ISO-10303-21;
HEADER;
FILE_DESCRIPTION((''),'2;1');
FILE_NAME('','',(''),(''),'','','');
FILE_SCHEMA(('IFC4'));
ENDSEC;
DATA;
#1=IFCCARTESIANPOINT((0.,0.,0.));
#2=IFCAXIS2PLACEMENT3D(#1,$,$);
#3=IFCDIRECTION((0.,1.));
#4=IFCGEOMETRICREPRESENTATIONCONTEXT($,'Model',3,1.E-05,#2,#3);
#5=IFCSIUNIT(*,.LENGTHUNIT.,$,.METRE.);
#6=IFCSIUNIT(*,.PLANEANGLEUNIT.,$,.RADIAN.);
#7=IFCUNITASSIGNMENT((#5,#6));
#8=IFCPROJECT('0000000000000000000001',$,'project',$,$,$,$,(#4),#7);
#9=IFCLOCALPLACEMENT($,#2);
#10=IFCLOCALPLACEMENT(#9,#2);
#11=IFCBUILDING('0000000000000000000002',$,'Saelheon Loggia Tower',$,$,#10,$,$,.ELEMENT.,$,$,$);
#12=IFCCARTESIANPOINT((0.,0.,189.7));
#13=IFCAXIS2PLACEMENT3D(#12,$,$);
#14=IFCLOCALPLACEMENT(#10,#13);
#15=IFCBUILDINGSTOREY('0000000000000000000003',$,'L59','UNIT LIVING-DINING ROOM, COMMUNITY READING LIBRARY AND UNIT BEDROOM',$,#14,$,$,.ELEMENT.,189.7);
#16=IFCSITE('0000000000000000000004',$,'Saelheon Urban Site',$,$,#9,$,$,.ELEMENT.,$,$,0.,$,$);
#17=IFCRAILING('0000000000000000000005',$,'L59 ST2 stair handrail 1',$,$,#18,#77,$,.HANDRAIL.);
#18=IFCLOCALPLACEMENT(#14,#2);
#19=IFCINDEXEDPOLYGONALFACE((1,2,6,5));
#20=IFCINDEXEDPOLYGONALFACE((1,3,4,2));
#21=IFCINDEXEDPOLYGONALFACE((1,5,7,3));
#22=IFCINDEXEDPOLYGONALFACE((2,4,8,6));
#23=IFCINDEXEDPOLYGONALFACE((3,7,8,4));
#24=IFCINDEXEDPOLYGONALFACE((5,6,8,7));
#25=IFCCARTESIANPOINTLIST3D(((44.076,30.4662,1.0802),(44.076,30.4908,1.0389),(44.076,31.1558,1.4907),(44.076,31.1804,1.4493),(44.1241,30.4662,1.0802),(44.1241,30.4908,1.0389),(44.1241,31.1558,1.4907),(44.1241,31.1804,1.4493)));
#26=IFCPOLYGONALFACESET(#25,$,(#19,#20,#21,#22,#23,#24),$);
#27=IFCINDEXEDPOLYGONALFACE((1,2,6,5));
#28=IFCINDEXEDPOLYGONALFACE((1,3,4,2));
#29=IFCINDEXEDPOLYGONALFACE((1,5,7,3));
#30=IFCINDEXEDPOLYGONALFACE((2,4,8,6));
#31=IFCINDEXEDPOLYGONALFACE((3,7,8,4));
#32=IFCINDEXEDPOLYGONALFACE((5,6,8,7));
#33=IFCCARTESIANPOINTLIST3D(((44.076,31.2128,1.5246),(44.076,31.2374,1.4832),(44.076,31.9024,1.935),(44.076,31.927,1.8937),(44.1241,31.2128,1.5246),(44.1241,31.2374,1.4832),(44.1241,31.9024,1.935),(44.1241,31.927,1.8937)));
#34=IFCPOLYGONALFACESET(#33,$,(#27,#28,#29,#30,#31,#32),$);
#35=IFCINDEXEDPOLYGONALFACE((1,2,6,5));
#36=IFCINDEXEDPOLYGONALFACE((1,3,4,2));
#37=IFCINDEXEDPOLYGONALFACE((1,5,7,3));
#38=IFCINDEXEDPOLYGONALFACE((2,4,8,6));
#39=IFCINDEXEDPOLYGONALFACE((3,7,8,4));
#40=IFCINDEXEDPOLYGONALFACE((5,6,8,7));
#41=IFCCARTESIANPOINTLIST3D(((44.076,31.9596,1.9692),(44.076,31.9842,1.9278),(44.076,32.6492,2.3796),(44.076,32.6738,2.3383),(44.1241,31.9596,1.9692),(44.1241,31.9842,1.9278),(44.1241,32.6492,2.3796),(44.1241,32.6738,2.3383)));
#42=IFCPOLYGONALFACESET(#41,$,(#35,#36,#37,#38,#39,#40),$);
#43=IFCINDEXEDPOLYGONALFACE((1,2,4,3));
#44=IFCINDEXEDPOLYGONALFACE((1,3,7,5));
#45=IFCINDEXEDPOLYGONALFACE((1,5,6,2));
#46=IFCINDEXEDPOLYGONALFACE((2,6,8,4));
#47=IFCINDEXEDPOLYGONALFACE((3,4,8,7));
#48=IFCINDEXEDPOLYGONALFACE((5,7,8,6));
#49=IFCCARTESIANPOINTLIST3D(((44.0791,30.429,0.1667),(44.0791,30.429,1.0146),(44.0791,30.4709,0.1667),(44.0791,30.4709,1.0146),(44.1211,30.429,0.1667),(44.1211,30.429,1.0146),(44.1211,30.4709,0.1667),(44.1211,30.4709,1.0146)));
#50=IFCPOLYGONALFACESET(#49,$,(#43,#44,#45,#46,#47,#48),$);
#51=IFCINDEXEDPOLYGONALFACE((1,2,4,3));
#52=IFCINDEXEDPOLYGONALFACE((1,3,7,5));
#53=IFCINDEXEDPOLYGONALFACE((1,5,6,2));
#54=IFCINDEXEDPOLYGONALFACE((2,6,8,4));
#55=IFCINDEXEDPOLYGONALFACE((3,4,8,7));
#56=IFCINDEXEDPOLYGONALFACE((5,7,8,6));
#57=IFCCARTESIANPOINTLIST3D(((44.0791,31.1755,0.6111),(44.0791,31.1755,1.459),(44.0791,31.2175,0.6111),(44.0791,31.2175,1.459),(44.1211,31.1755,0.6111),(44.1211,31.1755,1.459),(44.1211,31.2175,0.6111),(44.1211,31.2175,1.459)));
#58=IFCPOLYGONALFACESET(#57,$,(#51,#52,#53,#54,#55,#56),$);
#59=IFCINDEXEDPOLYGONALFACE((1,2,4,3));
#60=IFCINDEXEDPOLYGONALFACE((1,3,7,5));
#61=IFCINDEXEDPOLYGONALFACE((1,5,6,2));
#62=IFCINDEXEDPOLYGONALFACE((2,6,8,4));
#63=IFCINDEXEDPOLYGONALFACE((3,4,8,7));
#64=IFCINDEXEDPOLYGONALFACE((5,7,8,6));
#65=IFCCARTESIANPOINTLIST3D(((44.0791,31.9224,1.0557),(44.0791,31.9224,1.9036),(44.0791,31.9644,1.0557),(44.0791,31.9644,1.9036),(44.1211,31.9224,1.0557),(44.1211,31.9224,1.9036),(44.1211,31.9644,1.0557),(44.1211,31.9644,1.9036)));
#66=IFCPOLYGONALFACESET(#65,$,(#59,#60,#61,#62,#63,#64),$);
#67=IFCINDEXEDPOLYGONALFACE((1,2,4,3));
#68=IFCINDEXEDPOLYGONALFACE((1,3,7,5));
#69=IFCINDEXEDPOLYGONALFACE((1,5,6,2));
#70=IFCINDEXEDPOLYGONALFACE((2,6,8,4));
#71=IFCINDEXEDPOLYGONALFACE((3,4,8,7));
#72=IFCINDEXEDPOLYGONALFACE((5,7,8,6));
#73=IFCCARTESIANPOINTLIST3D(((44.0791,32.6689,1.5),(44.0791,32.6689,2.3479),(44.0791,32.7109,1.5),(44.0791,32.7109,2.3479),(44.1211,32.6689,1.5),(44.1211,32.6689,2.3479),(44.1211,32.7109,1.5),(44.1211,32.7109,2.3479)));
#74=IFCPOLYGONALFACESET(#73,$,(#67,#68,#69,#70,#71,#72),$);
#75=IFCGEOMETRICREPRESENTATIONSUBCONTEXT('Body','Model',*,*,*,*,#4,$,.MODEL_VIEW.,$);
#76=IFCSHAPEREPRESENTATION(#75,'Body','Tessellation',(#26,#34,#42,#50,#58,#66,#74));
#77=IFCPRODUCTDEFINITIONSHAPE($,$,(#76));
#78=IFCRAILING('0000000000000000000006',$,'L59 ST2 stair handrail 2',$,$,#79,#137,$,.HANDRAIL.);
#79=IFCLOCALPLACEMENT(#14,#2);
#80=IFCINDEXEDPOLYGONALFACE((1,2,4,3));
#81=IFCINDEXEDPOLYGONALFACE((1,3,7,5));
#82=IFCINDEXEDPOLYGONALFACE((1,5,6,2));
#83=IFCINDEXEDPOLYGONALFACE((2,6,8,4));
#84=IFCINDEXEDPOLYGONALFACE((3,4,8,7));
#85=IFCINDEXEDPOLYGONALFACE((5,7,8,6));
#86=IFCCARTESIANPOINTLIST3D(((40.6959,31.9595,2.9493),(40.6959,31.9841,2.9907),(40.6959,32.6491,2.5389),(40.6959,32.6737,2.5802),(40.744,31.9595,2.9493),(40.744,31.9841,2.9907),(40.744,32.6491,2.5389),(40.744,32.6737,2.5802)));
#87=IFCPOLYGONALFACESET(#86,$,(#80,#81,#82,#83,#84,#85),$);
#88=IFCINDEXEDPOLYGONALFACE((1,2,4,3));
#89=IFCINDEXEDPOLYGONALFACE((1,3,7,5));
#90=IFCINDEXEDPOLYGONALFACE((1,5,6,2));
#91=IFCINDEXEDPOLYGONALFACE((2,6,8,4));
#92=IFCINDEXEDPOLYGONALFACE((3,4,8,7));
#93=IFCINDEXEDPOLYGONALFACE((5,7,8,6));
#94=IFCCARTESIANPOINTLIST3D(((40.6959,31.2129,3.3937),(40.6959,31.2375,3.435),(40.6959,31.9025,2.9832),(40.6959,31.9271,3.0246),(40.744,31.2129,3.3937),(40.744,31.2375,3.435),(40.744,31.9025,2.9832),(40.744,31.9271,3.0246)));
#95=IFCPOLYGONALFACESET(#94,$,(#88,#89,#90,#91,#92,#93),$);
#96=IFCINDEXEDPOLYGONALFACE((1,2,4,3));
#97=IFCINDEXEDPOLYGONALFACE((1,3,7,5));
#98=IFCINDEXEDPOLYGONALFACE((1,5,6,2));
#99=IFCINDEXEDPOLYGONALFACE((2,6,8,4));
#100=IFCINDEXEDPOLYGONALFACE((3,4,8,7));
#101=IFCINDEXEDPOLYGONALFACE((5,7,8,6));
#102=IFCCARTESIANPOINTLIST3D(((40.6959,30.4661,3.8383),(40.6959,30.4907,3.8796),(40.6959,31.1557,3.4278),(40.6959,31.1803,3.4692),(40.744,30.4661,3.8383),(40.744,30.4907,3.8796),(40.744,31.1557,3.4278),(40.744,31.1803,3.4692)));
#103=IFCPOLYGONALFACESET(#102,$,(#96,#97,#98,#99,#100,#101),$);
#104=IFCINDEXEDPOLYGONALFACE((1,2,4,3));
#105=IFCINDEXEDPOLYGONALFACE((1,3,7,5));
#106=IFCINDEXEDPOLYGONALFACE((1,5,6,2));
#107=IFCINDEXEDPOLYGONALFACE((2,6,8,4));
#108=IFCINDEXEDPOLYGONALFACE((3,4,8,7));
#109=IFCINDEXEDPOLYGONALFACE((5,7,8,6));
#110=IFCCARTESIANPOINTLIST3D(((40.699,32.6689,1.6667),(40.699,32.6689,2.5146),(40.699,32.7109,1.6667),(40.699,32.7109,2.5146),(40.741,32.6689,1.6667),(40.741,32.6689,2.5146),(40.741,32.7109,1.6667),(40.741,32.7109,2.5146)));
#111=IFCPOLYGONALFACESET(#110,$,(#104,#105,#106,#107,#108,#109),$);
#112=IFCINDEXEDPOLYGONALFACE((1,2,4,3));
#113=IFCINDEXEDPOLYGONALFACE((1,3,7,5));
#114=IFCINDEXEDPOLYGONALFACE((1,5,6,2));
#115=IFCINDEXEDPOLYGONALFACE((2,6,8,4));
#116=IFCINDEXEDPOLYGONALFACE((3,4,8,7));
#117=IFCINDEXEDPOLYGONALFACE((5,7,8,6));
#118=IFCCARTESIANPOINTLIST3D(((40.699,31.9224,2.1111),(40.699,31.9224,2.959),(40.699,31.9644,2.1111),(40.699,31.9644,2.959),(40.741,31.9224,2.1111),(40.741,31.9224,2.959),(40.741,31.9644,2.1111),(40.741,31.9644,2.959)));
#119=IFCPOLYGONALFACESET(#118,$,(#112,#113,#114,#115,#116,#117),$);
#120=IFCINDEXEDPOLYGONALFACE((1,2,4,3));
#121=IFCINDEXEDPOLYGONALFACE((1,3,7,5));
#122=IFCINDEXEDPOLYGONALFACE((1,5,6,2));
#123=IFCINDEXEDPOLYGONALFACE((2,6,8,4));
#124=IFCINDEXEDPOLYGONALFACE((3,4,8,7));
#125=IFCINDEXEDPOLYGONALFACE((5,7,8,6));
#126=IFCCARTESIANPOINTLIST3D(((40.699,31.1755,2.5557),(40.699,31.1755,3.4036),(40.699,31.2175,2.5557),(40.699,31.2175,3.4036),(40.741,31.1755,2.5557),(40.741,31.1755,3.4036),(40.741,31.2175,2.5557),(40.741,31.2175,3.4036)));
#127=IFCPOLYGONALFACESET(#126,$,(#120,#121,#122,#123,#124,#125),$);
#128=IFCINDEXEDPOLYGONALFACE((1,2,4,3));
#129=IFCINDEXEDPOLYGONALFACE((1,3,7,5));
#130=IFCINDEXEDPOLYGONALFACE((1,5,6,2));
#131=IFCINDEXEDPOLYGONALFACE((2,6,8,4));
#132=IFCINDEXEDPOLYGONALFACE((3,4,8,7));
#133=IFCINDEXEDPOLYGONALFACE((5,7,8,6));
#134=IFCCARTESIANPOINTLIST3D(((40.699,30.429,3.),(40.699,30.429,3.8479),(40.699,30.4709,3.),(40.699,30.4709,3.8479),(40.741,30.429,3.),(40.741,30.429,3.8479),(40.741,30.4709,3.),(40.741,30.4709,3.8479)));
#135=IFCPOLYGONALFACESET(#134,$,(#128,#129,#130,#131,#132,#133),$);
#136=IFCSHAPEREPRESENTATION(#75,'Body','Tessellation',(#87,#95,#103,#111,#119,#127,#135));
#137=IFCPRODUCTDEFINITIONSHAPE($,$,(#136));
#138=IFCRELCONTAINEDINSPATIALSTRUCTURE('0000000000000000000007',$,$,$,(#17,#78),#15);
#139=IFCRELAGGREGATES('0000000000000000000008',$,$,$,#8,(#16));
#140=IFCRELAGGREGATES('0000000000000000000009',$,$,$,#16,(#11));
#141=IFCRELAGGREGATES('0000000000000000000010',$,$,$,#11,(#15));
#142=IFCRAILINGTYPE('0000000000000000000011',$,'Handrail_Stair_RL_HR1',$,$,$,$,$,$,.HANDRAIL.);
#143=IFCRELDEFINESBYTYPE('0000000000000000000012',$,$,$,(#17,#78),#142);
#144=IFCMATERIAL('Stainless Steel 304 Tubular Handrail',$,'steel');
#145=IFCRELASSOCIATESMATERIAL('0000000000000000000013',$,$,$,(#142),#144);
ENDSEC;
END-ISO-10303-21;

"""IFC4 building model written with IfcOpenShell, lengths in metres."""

from ifc_helpers import new_model, si_unit, direction, frame, origin, origin_2d, place, context, subcontext, project, spatial, rectangle, extrude, material, type_object, element, save


model = new_model("IFC4")

# Units and contexts
model_context = context("Model", 3, precision=1e-05, world=origin(), true_north=direction((0.0, 1.0)))
body_context = subcontext(model_context, "Body", "Model", "MODEL_VIEW")
ifc_project = project(units=[si_unit("LENGTHUNIT", "METRE"), si_unit("PLANEANGLEUNIT", "RADIAN")], contexts=[model_context])

# Site, building, storey
site_placement = place(None, origin())
site = spatial("IfcSite", under=ifc_project, at=site_placement, Name="Saelheon Urban Site", CompositionType="ELEMENT", RefElevation=0.0)
building_placement = place(site_placement, origin())
building = spatial("IfcBuilding", under=site, at=building_placement, Name="Saelheon Loggia Tower", CompositionType="ELEMENT")
storey_placement = place(building_placement, frame((0.0, 0.0, 189.7)))
storey = spatial("IfcBuildingStorey", under=building, at=storey_placement, Name="L59", Description="UNIT LIVING-DINING ROOM, COMMUNITY READING LIBRARY AND UNIT BEDROOM", CompositionType="ELEMENT", Elevation=189.7)

# Railings
ifc_material_1 = material(Name="Stainless Steel 304 Tubular Handrail", Category="steel")
railing_type_1 = type_object("IfcRailingType", Name="Handrail_Stair_RL_HR1", PredefinedType="HANDRAIL", material=ifc_material_1)
railing_1_placement = place(storey_placement, frame((44.1001, 30.45, 0.1667)))
element("IfcRailing", 1, at=railing_1_placement, inside=storey, type_object=railing_type_1, Name="L59 ST2 stair handrail 1", PredefinedType="HANDRAIL", context=body_context, shape_type="SweptSolid", body=[
    extrude(rectangle(XDim=0.0481, YDim=0.0481, at=origin_2d()), frame((0.0, 0.0286, 0.8928), z_axis=(0.0, 0.859306, 0.511462), x_axis=(-1.0, 0.0, 0.0)), (0.0, 0.0, 1.0), 0.8025),
    extrude(rectangle(XDim=0.0481, YDim=0.0481, at=origin_2d()), frame((0.0, 0.7751, 1.3372), z_axis=(0.0, 0.859306, 0.511462), x_axis=(-1.0, 0.0, 0.0)), (0.0, 0.0, 1.0), 0.8025),
    extrude(rectangle(XDim=0.0481, YDim=0.0481, at=origin_2d()), frame((0.0, 1.522, 1.7817), z_axis=(0.0, 0.859306, 0.511462), x_axis=(-1.0, 0.0, 0.0)), (0.0, 0.0, 1.0), 0.8025),
    extrude(rectangle(XDim=0.042, YDim=0.042, at=origin_2d()), origin(), (0.0, 0.0, 1.0), 0.8479),
    extrude(rectangle(XDim=0.042, YDim=0.042, at=origin_2d()), frame((0.0, 0.7466, 0.4443)), (0.0, 0.0, 1.0), 0.8479),
    extrude(rectangle(XDim=0.042, YDim=0.042, at=origin_2d()), frame((0.0, 1.4934, 0.8889)), (0.0, 0.0, 1.0), 0.8479),
    extrude(rectangle(XDim=0.042, YDim=0.042, at=origin_2d()), frame((0.0, 2.24, 1.3333)), (0.0, 0.0, 1.0), 0.8479),
])
railing_2_placement = place(storey_placement, frame((40.72, 32.6899, 1.6667)))
element("IfcRailing", 2, at=railing_2_placement, inside=storey, type_object=railing_type_1, Name="L59 ST2 stair handrail 2", PredefinedType="HANDRAIL", context=body_context, shape_type="SweptSolid", body=[
    extrude(rectangle(XDim=0.0481, YDim=0.0481, at=origin_2d()), frame((0.0, -0.0286, 0.8928), z_axis=(0.0, -0.859306, 0.511462), x_axis=(1.0, 0.0, 0.0)), (0.0, 0.0, 1.0), 0.8025),
    extrude(rectangle(XDim=0.0481, YDim=0.0481, at=origin_2d()), frame((0.0, -0.7751, 1.3372), z_axis=(0.0, -0.859306, 0.511462), x_axis=(1.0, 0.0, 0.0)), (0.0, 0.0, 1.0), 0.8025),
    extrude(rectangle(XDim=0.0481, YDim=0.0481, at=origin_2d()), frame((0.0, -1.522, 1.7817), z_axis=(0.0, -0.859306, 0.511462), x_axis=(1.0, 0.0, 0.0)), (0.0, 0.0, 1.0), 0.8025),
    extrude(rectangle(XDim=0.042, YDim=0.042, at=origin_2d()), origin(), (0.0, 0.0, 1.0), 0.8479),
    extrude(rectangle(XDim=0.042, YDim=0.042, at=origin_2d()), frame((0.0, -0.7466, 0.4443)), (0.0, 0.0, 1.0), 0.8479),
    extrude(rectangle(XDim=0.042, YDim=0.042, at=origin_2d()), frame((0.0, -1.4934, 0.8889)), (0.0, 0.0, 1.0), 0.8479),
    extrude(rectangle(XDim=0.042, YDim=0.042, at=origin_2d()), frame((0.0, -2.24, 1.3333)), (0.0, 0.0, 1.0), 0.8479),
])

save(model, "model.ifc")
